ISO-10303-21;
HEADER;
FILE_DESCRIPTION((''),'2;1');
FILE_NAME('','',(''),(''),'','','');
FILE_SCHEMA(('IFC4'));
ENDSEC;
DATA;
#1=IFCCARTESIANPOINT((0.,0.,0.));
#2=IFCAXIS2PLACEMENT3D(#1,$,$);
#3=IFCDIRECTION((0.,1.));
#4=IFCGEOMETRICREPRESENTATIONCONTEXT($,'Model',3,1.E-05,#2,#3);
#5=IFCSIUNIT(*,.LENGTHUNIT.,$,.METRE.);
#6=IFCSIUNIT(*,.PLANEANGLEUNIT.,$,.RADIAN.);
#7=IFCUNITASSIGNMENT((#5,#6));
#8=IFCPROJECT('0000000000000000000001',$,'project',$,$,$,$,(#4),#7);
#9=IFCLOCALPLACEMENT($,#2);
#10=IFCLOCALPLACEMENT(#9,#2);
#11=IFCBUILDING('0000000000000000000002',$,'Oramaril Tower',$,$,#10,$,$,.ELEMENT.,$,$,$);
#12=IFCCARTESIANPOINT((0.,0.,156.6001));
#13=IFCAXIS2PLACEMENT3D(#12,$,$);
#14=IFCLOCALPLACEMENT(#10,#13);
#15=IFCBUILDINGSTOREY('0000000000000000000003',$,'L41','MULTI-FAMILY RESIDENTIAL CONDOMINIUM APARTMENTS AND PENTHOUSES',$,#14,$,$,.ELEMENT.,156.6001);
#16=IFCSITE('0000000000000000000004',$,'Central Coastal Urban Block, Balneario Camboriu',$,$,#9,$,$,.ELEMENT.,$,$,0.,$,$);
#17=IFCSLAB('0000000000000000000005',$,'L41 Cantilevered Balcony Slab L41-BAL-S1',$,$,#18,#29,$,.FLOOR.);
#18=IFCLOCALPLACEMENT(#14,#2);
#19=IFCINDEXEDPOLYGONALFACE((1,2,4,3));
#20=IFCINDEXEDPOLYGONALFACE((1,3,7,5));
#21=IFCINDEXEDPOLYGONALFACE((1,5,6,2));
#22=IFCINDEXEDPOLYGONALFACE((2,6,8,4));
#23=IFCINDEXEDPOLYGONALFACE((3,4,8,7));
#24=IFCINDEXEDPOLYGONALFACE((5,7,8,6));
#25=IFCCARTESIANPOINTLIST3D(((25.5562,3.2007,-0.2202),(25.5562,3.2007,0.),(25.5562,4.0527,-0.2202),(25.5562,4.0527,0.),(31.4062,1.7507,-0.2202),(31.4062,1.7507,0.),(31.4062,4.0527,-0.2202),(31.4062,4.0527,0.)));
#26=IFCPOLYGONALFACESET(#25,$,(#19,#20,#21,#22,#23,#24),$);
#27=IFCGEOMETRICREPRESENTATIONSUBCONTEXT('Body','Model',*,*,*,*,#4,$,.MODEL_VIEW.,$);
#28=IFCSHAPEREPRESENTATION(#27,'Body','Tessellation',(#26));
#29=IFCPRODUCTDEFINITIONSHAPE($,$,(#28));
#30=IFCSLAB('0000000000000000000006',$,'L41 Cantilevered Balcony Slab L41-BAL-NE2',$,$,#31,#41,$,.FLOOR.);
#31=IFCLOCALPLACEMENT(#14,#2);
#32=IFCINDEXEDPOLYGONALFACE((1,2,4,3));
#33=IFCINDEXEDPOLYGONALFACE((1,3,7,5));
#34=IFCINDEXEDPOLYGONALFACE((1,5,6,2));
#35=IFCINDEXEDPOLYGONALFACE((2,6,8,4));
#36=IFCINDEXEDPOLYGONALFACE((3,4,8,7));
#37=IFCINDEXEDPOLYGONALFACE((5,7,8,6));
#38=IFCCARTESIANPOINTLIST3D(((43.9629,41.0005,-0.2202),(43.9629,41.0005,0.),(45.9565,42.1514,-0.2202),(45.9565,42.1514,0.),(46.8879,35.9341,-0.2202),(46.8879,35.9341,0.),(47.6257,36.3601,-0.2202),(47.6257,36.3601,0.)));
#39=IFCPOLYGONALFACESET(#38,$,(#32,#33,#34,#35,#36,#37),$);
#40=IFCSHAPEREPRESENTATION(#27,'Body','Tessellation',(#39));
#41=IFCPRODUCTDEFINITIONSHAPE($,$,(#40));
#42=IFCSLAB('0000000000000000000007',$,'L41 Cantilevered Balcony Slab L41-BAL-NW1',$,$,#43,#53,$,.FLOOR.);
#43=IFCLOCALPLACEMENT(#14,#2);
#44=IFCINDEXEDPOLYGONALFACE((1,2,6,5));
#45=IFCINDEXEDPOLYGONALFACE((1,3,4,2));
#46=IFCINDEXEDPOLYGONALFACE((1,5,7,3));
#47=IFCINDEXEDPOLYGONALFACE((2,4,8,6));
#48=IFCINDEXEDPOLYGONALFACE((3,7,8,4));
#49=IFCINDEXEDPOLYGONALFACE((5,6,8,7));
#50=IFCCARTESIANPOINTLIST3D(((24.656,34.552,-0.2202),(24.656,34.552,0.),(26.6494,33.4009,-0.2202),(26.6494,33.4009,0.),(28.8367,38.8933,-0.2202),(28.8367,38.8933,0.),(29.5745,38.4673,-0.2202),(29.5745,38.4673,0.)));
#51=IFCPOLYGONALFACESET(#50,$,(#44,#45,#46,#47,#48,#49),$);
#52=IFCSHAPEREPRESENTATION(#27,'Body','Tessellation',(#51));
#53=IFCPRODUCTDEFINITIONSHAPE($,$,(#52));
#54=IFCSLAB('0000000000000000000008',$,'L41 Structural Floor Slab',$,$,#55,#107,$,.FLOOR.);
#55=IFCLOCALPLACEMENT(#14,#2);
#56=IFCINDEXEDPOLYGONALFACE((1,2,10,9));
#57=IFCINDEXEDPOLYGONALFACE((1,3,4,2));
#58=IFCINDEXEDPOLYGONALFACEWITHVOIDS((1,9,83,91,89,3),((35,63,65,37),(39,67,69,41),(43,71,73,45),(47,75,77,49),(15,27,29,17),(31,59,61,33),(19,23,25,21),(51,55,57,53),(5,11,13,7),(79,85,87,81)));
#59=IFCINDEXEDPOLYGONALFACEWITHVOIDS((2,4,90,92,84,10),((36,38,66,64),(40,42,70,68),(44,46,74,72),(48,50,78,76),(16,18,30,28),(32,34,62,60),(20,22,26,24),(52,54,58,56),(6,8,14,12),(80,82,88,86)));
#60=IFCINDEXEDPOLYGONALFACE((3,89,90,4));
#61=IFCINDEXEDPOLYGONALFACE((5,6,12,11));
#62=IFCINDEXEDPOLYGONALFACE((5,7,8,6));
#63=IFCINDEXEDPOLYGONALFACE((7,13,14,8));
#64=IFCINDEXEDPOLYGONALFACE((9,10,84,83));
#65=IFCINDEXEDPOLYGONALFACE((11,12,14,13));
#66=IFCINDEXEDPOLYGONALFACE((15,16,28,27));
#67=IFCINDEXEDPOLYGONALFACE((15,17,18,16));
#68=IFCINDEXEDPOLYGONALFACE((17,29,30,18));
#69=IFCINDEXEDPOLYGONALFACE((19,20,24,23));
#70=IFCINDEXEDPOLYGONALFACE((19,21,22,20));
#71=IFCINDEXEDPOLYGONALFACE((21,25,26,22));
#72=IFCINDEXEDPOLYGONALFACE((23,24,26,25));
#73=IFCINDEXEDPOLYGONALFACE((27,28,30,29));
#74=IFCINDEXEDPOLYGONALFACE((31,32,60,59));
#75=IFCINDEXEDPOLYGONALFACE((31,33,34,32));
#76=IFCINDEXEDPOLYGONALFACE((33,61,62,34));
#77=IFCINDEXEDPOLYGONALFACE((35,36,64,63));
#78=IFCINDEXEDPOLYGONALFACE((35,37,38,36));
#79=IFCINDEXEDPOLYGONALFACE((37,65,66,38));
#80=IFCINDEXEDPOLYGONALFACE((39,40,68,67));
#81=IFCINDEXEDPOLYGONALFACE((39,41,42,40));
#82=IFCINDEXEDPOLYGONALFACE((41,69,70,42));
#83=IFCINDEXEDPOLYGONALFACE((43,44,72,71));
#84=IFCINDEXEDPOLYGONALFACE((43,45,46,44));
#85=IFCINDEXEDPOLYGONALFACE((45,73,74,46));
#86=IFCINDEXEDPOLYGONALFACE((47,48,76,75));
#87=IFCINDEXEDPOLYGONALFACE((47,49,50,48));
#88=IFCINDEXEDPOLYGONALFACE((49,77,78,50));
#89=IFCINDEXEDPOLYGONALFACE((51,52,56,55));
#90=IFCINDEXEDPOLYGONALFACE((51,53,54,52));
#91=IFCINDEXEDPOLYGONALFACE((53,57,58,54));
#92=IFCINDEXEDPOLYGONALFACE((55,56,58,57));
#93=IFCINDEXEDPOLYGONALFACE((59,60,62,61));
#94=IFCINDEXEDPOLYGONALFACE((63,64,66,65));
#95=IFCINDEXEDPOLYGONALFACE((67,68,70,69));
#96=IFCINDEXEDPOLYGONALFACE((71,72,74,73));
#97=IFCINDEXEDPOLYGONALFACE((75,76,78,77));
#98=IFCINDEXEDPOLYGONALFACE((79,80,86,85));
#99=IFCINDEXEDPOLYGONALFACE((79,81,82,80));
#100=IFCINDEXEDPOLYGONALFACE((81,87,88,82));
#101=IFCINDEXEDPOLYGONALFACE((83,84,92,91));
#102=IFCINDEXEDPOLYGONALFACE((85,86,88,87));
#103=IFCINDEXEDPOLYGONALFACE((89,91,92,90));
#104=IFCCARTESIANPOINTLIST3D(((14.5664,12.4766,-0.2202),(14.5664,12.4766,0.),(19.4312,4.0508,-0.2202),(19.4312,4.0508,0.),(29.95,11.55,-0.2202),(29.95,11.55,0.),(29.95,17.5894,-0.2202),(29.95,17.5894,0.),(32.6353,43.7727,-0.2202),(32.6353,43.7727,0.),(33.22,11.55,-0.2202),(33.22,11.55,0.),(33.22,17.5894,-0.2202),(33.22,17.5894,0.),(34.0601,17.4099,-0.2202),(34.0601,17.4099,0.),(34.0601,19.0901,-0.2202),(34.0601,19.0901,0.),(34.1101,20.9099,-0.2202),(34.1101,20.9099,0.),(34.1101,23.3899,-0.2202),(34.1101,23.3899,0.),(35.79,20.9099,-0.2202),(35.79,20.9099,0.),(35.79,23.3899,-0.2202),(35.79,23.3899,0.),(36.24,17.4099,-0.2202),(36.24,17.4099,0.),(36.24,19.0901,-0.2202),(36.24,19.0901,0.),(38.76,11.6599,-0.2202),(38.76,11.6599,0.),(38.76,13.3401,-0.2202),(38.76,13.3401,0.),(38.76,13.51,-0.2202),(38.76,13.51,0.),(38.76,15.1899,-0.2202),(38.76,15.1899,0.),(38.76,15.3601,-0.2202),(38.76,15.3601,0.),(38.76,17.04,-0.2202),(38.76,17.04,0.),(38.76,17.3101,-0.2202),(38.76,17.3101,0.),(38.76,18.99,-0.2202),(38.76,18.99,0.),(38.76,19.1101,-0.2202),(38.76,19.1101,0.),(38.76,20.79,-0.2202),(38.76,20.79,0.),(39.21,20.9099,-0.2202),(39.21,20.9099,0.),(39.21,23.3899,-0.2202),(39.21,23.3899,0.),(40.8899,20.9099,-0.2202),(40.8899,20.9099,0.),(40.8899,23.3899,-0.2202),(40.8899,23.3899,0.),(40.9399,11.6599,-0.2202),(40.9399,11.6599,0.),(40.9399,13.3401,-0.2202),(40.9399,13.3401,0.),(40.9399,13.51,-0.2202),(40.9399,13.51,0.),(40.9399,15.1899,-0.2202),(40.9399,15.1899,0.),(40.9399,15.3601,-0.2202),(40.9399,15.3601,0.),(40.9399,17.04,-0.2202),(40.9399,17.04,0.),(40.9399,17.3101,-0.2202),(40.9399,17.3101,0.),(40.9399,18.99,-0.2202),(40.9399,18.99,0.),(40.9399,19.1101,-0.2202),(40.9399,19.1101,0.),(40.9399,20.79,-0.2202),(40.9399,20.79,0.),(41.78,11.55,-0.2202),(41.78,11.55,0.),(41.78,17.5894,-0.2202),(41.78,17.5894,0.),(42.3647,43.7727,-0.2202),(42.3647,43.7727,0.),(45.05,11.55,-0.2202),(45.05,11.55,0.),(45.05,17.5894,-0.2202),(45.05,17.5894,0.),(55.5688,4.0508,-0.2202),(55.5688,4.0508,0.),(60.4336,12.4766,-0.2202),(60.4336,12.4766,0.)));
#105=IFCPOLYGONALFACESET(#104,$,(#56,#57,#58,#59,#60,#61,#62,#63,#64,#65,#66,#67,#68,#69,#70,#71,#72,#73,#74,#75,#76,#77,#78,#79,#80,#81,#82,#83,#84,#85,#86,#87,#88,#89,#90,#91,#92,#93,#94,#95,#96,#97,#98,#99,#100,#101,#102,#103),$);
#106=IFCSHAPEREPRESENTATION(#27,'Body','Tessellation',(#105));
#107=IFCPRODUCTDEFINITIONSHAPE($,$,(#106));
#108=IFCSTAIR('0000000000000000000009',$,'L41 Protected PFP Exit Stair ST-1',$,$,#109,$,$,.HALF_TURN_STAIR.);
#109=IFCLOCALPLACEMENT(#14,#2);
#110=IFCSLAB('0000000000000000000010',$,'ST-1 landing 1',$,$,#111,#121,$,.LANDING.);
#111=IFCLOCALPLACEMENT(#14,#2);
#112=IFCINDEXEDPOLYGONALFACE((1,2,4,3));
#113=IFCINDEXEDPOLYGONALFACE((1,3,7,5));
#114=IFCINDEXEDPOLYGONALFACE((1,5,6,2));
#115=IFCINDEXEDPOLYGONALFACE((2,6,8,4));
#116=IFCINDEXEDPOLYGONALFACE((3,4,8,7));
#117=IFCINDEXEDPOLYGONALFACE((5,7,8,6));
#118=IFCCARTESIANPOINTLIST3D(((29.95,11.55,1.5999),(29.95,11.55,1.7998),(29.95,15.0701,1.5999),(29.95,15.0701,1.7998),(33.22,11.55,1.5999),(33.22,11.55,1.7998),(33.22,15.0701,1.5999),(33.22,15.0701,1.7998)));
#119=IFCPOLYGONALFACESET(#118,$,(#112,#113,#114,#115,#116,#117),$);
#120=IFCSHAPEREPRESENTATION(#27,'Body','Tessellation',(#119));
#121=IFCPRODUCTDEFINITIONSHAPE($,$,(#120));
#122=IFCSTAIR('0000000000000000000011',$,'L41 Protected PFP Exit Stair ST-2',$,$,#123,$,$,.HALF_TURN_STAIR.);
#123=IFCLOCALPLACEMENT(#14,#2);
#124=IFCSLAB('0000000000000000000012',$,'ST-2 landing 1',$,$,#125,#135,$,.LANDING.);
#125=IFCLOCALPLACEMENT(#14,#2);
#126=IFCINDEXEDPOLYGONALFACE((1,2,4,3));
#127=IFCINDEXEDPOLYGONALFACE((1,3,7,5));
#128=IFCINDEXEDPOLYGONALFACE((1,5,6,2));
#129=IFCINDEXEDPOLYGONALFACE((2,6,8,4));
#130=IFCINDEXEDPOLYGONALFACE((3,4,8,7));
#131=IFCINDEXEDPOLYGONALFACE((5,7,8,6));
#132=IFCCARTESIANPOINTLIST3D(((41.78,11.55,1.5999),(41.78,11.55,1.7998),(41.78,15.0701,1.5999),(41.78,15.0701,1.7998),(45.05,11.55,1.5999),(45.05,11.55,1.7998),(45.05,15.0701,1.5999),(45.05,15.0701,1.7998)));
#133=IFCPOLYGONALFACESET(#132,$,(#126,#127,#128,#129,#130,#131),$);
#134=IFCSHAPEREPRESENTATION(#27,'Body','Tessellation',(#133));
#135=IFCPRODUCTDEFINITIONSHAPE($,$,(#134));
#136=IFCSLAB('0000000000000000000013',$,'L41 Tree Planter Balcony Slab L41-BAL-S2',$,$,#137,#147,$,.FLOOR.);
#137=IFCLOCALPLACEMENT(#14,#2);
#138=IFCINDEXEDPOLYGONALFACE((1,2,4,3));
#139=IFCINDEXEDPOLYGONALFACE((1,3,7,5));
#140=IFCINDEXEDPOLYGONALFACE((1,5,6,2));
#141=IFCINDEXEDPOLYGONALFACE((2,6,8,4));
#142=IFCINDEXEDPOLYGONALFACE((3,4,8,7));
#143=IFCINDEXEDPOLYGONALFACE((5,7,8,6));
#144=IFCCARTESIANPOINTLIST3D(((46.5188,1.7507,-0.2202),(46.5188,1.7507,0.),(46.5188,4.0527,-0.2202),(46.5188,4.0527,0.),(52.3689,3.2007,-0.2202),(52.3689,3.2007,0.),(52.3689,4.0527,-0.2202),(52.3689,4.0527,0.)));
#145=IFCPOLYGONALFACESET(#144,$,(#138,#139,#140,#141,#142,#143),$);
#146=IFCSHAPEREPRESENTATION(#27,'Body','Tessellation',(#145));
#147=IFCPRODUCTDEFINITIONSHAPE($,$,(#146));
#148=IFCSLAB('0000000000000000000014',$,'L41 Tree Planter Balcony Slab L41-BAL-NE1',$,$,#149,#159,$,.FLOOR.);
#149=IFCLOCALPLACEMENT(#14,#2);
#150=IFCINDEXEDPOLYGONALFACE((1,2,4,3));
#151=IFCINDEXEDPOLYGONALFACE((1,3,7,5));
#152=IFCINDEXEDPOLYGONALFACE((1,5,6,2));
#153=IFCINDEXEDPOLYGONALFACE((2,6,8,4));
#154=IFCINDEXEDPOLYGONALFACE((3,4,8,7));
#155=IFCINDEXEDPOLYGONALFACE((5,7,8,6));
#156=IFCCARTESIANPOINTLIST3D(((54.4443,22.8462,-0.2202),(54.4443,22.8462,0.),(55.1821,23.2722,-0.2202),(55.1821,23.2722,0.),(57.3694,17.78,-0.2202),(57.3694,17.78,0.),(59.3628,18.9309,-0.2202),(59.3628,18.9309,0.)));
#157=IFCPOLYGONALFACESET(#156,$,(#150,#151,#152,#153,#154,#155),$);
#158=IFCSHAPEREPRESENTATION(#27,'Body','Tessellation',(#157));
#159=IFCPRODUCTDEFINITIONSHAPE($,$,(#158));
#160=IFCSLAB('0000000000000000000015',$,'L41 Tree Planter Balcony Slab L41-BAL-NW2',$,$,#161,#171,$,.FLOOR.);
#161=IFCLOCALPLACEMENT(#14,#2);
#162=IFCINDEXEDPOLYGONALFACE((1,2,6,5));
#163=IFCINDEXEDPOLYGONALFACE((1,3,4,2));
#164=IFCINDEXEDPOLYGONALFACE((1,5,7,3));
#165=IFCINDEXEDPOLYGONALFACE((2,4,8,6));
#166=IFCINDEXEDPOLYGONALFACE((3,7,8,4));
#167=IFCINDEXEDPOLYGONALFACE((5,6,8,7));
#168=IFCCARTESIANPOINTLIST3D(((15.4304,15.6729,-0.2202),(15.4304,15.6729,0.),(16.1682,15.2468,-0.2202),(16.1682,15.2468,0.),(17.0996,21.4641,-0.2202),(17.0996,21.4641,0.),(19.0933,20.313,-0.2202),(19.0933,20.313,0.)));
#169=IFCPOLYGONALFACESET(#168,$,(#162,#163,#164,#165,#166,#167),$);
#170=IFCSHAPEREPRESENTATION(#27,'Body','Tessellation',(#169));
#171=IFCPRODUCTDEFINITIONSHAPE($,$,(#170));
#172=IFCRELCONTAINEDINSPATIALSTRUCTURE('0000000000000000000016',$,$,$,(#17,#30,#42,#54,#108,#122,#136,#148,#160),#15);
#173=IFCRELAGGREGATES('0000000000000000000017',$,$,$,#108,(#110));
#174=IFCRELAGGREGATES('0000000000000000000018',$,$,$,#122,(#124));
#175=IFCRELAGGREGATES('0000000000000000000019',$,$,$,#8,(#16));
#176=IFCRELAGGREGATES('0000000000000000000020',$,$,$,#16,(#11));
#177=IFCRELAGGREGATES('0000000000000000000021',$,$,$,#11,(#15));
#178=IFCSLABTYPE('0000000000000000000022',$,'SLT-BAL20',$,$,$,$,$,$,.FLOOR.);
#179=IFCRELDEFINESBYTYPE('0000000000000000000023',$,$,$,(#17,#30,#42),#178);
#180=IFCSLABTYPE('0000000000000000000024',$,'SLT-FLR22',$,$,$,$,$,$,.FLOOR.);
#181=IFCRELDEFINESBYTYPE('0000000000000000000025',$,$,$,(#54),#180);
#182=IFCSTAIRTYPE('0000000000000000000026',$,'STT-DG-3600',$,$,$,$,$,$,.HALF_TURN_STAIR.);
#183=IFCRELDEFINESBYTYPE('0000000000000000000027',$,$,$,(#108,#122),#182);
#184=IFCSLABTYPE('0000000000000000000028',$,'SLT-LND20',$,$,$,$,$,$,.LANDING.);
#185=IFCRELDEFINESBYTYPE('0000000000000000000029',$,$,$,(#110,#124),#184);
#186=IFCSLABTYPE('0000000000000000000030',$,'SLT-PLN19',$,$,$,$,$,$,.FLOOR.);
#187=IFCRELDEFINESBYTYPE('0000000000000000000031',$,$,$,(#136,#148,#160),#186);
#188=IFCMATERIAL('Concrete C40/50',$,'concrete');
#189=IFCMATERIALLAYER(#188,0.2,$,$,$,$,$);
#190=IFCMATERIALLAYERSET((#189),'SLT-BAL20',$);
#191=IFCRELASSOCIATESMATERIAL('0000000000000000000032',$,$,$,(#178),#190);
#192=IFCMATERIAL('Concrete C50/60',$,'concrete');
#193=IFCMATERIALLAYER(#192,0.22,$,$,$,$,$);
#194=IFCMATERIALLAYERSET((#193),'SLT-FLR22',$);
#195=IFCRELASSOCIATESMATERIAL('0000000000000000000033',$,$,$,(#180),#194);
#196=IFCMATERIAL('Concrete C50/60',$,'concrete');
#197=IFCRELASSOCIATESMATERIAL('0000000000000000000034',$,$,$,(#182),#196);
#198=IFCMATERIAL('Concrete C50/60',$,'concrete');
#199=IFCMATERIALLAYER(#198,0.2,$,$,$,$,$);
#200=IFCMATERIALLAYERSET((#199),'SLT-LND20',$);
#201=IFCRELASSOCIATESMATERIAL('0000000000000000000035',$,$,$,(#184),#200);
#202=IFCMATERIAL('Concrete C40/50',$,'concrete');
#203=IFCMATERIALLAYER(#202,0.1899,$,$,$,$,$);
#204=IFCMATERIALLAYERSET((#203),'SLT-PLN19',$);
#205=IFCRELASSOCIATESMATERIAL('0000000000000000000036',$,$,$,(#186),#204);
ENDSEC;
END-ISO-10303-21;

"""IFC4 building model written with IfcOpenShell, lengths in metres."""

from ifc_helpers import new_model, si_unit, direction, frame, origin, place, context, subcontext, project, spatial, polyline, outline, extrude, material, layer, layer_set, type_object, element, aggregate, save


model = new_model("IFC4")

# Units and contexts
model_context = context("Model", 3, precision=1e-05, world=origin(), true_north=direction((0.0, 1.0)))
body_context = subcontext(model_context, "Body", "Model", "MODEL_VIEW")
ifc_project = project(units=[si_unit("LENGTHUNIT", "METRE"), si_unit("PLANEANGLEUNIT", "RADIAN")], contexts=[model_context])

# Site, building, storey
site_placement = place(None, origin())
site = spatial("IfcSite", under=ifc_project, at=site_placement, Name="Central Coastal Urban Block, Balneario Camboriu", CompositionType="ELEMENT", RefElevation=0.0)
building_placement = place(site_placement, origin())
building = spatial("IfcBuilding", under=site, at=building_placement, Name="Oramaril Tower", CompositionType="ELEMENT")
storey_placement = place(building_placement, frame((0.0, 0.0, 156.6001)))
storey = spatial("IfcBuildingStorey", under=building, at=storey_placement, Name="L41", Description="MULTI-FAMILY RESIDENTIAL CONDOMINIUM APARTMENTS AND PENTHOUSES", CompositionType="ELEMENT", Elevation=156.6001)

# Slabs
ifc_material_1 = material(Name="Concrete C40/50", Category="concrete")
ifc_layer_1 = layer(ifc_material_1, 0.2)
ifc_layer_set_1 = layer_set([ifc_layer_1], Name="SLT-BAL20")
slab_type_1 = type_object("IfcSlabType", Name="SLT-BAL20", PredefinedType="FLOOR", material=ifc_layer_set_1)
slab_1_placement = place(storey_placement, frame((0.0, 0.0, -0.2202)))
element("IfcSlab", 1, at=slab_1_placement, inside=storey, type_object=slab_type_1, Name="L41 Cantilevered Balcony Slab L41-BAL-S1", PredefinedType="FLOOR", context=body_context, shape_type="SweptSolid", body=[
    extrude(outline(polyline([(25.5562, 4.0527), (31.4062, 4.0527), (31.4062, 1.7507), (25.5562, 3.2007), (25.5562, 4.0527)])), origin(), (0.0, 0.0, 1.0), 0.2202),
])
slab_2_placement = place(storey_placement, frame((0.0, 0.0, -0.2202)))
element("IfcSlab", 2, at=slab_2_placement, inside=storey, type_object=slab_type_1, Name="L41 Cantilevered Balcony Slab L41-BAL-NE2", PredefinedType="FLOOR", context=body_context, shape_type="SweptSolid", body=[
    extrude(outline(polyline([(46.8879, 35.9341), (43.9629, 41.0005), (45.9565, 42.1514), (47.6257, 36.3601), (46.8879, 35.9341)])), origin(), (0.0, 0.0, 1.0), 0.2202),
])
slab_3_placement = place(storey_placement, frame((0.0, 0.0, -0.2202)))
element("IfcSlab", 3, at=slab_3_placement, inside=storey, type_object=slab_type_1, Name="L41 Cantilevered Balcony Slab L41-BAL-NW1", PredefinedType="FLOOR", context=body_context, shape_type="SweptSolid", body=[
    extrude(outline(polyline([(29.5745, 38.4673), (26.6494, 33.4009), (24.656, 34.552), (28.8367, 38.8933), (29.5745, 38.4673)])), origin(), (0.0, 0.0, 1.0), 0.2202),
])
ifc_material_2 = material(Name="Concrete C50/60", Category="concrete")
ifc_layer_2 = layer(ifc_material_2, 0.22)
ifc_layer_set_2 = layer_set([ifc_layer_2], Name="SLT-FLR22")
slab_type_2 = type_object("IfcSlabType", Name="SLT-FLR22", PredefinedType="FLOOR", material=ifc_layer_set_2)
slab_4_placement = place(storey_placement, frame((0.0, 0.0, -0.2202)))
element("IfcSlab", 4, at=slab_4_placement, inside=storey, type_object=slab_type_2, Name="L41 Structural Floor Slab", PredefinedType="FLOOR", context=body_context, shape_type="SweptSolid", body=[
    extrude(outline(polyline([(14.5664, 12.4766), (19.4312, 4.0508), (55.5688, 4.0508), (60.4336, 12.4766), (42.3647, 43.7727), (32.6353, 43.7727), (14.5664, 12.4766)]), holes=[polyline([(29.95, 17.5894), (29.95, 11.55), (33.22, 11.55), (33.22, 17.5894), (29.95, 17.5894)]), polyline([(41.78, 17.5894), (41.78, 11.55), (45.05, 11.55), (45.05, 17.5894), (41.78, 17.5894)]), polyline([(34.1101, 20.9099), (35.79, 20.9099), (35.79, 23.3899), (34.1101, 23.3899), (34.1101, 20.9099)]), polyline([(39.21, 20.9099), (40.8899, 20.9099), (40.8899, 23.3899), (39.21, 23.3899), (39.21, 20.9099)]), polyline([(38.76, 11.6599), (40.9399, 11.6599), (40.9399, 13.3401), (38.76, 13.3401), (38.76, 11.6599)]), polyline([(38.76, 13.51), (40.9399, 13.51), (40.9399, 15.1899), (38.76, 15.1899), (38.76, 13.51)]), polyline([(38.76, 15.3601), (40.9399, 15.3601), (40.9399, 17.04), (38.76, 17.04), (38.76, 15.3601)]), polyline([(34.0601, 17.4099), (36.24, 17.4099), (36.24, 19.0901), (34.0601, 19.0901), (34.0601, 17.4099)]), polyline([(38.76, 17.3101), (40.9399, 17.3101), (40.9399, 18.99), (38.76, 18.99), (38.76, 17.3101)]), polyline([(38.76, 19.1101), (40.9399, 19.1101), (40.9399, 20.79), (38.76, 20.79), (38.76, 19.1101)])]), origin(), (0.0, 0.0, 1.0), 0.2202),
])

# Stairs, slabs
ifc_material_3 = material(Name="Concrete C50/60", Category="concrete")
stair_type = type_object("IfcStairType", Name="STT-DG-3600", PredefinedType="HALF_TURN_STAIR", material=ifc_material_3)
stair_1_placement = place(storey_placement, origin())
stair_1 = element("IfcStair", 5, at=stair_1_placement, inside=storey, type_object=stair_type, Name="L41 Protected PFP Exit Stair ST-1", PredefinedType="HALF_TURN_STAIR")
ifc_material_4 = material(Name="Concrete C50/60", Category="concrete")
ifc_layer_3 = layer(ifc_material_4, 0.2)
ifc_layer_set_3 = layer_set([ifc_layer_3], Name="SLT-LND20")
slab_type_3 = type_object("IfcSlabType", Name="SLT-LND20", PredefinedType="LANDING", material=ifc_layer_set_3)
slab_5_placement = place(storey_placement, frame((0.0, 0.0, 1.5999)))
slab_5 = element("IfcSlab", 6, at=slab_5_placement, type_object=slab_type_3, Name="ST-1 landing 1", PredefinedType="LANDING", context=body_context, shape_type="SweptSolid", body=[
    extrude(outline(polyline([(29.95, 15.0701), (29.95, 11.55), (33.22, 11.55), (33.22, 15.0701), (29.95, 15.0701)])), origin(), (0.0, 0.0, 1.0), 0.2),
])
aggregate(stair_1, [slab_5])
stair_2_placement = place(storey_placement, origin())
stair_2 = element("IfcStair", 7, at=stair_2_placement, inside=storey, type_object=stair_type, Name="L41 Protected PFP Exit Stair ST-2", PredefinedType="HALF_TURN_STAIR")
slab_6_placement = place(storey_placement, frame((0.0, 0.0, 1.5999)))
slab_6 = element("IfcSlab", 8, at=slab_6_placement, type_object=slab_type_3, Name="ST-2 landing 1", PredefinedType="LANDING", context=body_context, shape_type="SweptSolid", body=[
    extrude(outline(polyline([(41.78, 15.0701), (41.78, 11.55), (45.05, 11.55), (45.05, 15.0701), (41.78, 15.0701)])), origin(), (0.0, 0.0, 1.0), 0.2),
])
aggregate(stair_2, [slab_6])

# Slabs
ifc_material_5 = material(Name="Concrete C40/50", Category="concrete")
ifc_layer_4 = layer(ifc_material_5, 0.1899)
ifc_layer_set_4 = layer_set([ifc_layer_4], Name="SLT-PLN19")
slab_type_4 = type_object("IfcSlabType", Name="SLT-PLN19", PredefinedType="FLOOR", material=ifc_layer_set_4)
slab_7_placement = place(storey_placement, frame((0.0, 0.0, -0.2202)))
element("IfcSlab", 9, at=slab_7_placement, inside=storey, type_object=slab_type_4, Name="L41 Tree Planter Balcony Slab L41-BAL-S2", PredefinedType="FLOOR", context=body_context, shape_type="SweptSolid", body=[
    extrude(outline(polyline([(46.5188, 4.0527), (52.3689, 4.0527), (52.3689, 3.2007), (46.5188, 1.7507), (46.5188, 4.0527)])), origin(), (0.0, 0.0, 1.0), 0.2202),
])
slab_8_placement = place(storey_placement, frame((0.0, 0.0, -0.2202)))
element("IfcSlab", 10, at=slab_8_placement, inside=storey, type_object=slab_type_4, Name="L41 Tree Planter Balcony Slab L41-BAL-NE1", PredefinedType="FLOOR", context=body_context, shape_type="SweptSolid", body=[
    extrude(outline(polyline([(57.3694, 17.78), (54.4443, 22.8462), (55.1821, 23.2722), (59.3628, 18.9309), (57.3694, 17.78)])), origin(), (0.0, 0.0, 1.0), 0.2202),
])
slab_9_placement = place(storey_placement, frame((0.0, 0.0, -0.2202)))
element("IfcSlab", 11, at=slab_9_placement, inside=storey, type_object=slab_type_4, Name="L41 Tree Planter Balcony Slab L41-BAL-NW2", PredefinedType="FLOOR", context=body_context, shape_type="SweptSolid", body=[
    extrude(outline(polyline([(19.0933, 20.313), (16.1682, 15.2468), (15.4304, 15.6729), (17.0996, 21.4641), (19.0933, 20.313)])), origin(), (0.0, 0.0, 1.0), 0.2202),
])

save(model, "model.ifc")
